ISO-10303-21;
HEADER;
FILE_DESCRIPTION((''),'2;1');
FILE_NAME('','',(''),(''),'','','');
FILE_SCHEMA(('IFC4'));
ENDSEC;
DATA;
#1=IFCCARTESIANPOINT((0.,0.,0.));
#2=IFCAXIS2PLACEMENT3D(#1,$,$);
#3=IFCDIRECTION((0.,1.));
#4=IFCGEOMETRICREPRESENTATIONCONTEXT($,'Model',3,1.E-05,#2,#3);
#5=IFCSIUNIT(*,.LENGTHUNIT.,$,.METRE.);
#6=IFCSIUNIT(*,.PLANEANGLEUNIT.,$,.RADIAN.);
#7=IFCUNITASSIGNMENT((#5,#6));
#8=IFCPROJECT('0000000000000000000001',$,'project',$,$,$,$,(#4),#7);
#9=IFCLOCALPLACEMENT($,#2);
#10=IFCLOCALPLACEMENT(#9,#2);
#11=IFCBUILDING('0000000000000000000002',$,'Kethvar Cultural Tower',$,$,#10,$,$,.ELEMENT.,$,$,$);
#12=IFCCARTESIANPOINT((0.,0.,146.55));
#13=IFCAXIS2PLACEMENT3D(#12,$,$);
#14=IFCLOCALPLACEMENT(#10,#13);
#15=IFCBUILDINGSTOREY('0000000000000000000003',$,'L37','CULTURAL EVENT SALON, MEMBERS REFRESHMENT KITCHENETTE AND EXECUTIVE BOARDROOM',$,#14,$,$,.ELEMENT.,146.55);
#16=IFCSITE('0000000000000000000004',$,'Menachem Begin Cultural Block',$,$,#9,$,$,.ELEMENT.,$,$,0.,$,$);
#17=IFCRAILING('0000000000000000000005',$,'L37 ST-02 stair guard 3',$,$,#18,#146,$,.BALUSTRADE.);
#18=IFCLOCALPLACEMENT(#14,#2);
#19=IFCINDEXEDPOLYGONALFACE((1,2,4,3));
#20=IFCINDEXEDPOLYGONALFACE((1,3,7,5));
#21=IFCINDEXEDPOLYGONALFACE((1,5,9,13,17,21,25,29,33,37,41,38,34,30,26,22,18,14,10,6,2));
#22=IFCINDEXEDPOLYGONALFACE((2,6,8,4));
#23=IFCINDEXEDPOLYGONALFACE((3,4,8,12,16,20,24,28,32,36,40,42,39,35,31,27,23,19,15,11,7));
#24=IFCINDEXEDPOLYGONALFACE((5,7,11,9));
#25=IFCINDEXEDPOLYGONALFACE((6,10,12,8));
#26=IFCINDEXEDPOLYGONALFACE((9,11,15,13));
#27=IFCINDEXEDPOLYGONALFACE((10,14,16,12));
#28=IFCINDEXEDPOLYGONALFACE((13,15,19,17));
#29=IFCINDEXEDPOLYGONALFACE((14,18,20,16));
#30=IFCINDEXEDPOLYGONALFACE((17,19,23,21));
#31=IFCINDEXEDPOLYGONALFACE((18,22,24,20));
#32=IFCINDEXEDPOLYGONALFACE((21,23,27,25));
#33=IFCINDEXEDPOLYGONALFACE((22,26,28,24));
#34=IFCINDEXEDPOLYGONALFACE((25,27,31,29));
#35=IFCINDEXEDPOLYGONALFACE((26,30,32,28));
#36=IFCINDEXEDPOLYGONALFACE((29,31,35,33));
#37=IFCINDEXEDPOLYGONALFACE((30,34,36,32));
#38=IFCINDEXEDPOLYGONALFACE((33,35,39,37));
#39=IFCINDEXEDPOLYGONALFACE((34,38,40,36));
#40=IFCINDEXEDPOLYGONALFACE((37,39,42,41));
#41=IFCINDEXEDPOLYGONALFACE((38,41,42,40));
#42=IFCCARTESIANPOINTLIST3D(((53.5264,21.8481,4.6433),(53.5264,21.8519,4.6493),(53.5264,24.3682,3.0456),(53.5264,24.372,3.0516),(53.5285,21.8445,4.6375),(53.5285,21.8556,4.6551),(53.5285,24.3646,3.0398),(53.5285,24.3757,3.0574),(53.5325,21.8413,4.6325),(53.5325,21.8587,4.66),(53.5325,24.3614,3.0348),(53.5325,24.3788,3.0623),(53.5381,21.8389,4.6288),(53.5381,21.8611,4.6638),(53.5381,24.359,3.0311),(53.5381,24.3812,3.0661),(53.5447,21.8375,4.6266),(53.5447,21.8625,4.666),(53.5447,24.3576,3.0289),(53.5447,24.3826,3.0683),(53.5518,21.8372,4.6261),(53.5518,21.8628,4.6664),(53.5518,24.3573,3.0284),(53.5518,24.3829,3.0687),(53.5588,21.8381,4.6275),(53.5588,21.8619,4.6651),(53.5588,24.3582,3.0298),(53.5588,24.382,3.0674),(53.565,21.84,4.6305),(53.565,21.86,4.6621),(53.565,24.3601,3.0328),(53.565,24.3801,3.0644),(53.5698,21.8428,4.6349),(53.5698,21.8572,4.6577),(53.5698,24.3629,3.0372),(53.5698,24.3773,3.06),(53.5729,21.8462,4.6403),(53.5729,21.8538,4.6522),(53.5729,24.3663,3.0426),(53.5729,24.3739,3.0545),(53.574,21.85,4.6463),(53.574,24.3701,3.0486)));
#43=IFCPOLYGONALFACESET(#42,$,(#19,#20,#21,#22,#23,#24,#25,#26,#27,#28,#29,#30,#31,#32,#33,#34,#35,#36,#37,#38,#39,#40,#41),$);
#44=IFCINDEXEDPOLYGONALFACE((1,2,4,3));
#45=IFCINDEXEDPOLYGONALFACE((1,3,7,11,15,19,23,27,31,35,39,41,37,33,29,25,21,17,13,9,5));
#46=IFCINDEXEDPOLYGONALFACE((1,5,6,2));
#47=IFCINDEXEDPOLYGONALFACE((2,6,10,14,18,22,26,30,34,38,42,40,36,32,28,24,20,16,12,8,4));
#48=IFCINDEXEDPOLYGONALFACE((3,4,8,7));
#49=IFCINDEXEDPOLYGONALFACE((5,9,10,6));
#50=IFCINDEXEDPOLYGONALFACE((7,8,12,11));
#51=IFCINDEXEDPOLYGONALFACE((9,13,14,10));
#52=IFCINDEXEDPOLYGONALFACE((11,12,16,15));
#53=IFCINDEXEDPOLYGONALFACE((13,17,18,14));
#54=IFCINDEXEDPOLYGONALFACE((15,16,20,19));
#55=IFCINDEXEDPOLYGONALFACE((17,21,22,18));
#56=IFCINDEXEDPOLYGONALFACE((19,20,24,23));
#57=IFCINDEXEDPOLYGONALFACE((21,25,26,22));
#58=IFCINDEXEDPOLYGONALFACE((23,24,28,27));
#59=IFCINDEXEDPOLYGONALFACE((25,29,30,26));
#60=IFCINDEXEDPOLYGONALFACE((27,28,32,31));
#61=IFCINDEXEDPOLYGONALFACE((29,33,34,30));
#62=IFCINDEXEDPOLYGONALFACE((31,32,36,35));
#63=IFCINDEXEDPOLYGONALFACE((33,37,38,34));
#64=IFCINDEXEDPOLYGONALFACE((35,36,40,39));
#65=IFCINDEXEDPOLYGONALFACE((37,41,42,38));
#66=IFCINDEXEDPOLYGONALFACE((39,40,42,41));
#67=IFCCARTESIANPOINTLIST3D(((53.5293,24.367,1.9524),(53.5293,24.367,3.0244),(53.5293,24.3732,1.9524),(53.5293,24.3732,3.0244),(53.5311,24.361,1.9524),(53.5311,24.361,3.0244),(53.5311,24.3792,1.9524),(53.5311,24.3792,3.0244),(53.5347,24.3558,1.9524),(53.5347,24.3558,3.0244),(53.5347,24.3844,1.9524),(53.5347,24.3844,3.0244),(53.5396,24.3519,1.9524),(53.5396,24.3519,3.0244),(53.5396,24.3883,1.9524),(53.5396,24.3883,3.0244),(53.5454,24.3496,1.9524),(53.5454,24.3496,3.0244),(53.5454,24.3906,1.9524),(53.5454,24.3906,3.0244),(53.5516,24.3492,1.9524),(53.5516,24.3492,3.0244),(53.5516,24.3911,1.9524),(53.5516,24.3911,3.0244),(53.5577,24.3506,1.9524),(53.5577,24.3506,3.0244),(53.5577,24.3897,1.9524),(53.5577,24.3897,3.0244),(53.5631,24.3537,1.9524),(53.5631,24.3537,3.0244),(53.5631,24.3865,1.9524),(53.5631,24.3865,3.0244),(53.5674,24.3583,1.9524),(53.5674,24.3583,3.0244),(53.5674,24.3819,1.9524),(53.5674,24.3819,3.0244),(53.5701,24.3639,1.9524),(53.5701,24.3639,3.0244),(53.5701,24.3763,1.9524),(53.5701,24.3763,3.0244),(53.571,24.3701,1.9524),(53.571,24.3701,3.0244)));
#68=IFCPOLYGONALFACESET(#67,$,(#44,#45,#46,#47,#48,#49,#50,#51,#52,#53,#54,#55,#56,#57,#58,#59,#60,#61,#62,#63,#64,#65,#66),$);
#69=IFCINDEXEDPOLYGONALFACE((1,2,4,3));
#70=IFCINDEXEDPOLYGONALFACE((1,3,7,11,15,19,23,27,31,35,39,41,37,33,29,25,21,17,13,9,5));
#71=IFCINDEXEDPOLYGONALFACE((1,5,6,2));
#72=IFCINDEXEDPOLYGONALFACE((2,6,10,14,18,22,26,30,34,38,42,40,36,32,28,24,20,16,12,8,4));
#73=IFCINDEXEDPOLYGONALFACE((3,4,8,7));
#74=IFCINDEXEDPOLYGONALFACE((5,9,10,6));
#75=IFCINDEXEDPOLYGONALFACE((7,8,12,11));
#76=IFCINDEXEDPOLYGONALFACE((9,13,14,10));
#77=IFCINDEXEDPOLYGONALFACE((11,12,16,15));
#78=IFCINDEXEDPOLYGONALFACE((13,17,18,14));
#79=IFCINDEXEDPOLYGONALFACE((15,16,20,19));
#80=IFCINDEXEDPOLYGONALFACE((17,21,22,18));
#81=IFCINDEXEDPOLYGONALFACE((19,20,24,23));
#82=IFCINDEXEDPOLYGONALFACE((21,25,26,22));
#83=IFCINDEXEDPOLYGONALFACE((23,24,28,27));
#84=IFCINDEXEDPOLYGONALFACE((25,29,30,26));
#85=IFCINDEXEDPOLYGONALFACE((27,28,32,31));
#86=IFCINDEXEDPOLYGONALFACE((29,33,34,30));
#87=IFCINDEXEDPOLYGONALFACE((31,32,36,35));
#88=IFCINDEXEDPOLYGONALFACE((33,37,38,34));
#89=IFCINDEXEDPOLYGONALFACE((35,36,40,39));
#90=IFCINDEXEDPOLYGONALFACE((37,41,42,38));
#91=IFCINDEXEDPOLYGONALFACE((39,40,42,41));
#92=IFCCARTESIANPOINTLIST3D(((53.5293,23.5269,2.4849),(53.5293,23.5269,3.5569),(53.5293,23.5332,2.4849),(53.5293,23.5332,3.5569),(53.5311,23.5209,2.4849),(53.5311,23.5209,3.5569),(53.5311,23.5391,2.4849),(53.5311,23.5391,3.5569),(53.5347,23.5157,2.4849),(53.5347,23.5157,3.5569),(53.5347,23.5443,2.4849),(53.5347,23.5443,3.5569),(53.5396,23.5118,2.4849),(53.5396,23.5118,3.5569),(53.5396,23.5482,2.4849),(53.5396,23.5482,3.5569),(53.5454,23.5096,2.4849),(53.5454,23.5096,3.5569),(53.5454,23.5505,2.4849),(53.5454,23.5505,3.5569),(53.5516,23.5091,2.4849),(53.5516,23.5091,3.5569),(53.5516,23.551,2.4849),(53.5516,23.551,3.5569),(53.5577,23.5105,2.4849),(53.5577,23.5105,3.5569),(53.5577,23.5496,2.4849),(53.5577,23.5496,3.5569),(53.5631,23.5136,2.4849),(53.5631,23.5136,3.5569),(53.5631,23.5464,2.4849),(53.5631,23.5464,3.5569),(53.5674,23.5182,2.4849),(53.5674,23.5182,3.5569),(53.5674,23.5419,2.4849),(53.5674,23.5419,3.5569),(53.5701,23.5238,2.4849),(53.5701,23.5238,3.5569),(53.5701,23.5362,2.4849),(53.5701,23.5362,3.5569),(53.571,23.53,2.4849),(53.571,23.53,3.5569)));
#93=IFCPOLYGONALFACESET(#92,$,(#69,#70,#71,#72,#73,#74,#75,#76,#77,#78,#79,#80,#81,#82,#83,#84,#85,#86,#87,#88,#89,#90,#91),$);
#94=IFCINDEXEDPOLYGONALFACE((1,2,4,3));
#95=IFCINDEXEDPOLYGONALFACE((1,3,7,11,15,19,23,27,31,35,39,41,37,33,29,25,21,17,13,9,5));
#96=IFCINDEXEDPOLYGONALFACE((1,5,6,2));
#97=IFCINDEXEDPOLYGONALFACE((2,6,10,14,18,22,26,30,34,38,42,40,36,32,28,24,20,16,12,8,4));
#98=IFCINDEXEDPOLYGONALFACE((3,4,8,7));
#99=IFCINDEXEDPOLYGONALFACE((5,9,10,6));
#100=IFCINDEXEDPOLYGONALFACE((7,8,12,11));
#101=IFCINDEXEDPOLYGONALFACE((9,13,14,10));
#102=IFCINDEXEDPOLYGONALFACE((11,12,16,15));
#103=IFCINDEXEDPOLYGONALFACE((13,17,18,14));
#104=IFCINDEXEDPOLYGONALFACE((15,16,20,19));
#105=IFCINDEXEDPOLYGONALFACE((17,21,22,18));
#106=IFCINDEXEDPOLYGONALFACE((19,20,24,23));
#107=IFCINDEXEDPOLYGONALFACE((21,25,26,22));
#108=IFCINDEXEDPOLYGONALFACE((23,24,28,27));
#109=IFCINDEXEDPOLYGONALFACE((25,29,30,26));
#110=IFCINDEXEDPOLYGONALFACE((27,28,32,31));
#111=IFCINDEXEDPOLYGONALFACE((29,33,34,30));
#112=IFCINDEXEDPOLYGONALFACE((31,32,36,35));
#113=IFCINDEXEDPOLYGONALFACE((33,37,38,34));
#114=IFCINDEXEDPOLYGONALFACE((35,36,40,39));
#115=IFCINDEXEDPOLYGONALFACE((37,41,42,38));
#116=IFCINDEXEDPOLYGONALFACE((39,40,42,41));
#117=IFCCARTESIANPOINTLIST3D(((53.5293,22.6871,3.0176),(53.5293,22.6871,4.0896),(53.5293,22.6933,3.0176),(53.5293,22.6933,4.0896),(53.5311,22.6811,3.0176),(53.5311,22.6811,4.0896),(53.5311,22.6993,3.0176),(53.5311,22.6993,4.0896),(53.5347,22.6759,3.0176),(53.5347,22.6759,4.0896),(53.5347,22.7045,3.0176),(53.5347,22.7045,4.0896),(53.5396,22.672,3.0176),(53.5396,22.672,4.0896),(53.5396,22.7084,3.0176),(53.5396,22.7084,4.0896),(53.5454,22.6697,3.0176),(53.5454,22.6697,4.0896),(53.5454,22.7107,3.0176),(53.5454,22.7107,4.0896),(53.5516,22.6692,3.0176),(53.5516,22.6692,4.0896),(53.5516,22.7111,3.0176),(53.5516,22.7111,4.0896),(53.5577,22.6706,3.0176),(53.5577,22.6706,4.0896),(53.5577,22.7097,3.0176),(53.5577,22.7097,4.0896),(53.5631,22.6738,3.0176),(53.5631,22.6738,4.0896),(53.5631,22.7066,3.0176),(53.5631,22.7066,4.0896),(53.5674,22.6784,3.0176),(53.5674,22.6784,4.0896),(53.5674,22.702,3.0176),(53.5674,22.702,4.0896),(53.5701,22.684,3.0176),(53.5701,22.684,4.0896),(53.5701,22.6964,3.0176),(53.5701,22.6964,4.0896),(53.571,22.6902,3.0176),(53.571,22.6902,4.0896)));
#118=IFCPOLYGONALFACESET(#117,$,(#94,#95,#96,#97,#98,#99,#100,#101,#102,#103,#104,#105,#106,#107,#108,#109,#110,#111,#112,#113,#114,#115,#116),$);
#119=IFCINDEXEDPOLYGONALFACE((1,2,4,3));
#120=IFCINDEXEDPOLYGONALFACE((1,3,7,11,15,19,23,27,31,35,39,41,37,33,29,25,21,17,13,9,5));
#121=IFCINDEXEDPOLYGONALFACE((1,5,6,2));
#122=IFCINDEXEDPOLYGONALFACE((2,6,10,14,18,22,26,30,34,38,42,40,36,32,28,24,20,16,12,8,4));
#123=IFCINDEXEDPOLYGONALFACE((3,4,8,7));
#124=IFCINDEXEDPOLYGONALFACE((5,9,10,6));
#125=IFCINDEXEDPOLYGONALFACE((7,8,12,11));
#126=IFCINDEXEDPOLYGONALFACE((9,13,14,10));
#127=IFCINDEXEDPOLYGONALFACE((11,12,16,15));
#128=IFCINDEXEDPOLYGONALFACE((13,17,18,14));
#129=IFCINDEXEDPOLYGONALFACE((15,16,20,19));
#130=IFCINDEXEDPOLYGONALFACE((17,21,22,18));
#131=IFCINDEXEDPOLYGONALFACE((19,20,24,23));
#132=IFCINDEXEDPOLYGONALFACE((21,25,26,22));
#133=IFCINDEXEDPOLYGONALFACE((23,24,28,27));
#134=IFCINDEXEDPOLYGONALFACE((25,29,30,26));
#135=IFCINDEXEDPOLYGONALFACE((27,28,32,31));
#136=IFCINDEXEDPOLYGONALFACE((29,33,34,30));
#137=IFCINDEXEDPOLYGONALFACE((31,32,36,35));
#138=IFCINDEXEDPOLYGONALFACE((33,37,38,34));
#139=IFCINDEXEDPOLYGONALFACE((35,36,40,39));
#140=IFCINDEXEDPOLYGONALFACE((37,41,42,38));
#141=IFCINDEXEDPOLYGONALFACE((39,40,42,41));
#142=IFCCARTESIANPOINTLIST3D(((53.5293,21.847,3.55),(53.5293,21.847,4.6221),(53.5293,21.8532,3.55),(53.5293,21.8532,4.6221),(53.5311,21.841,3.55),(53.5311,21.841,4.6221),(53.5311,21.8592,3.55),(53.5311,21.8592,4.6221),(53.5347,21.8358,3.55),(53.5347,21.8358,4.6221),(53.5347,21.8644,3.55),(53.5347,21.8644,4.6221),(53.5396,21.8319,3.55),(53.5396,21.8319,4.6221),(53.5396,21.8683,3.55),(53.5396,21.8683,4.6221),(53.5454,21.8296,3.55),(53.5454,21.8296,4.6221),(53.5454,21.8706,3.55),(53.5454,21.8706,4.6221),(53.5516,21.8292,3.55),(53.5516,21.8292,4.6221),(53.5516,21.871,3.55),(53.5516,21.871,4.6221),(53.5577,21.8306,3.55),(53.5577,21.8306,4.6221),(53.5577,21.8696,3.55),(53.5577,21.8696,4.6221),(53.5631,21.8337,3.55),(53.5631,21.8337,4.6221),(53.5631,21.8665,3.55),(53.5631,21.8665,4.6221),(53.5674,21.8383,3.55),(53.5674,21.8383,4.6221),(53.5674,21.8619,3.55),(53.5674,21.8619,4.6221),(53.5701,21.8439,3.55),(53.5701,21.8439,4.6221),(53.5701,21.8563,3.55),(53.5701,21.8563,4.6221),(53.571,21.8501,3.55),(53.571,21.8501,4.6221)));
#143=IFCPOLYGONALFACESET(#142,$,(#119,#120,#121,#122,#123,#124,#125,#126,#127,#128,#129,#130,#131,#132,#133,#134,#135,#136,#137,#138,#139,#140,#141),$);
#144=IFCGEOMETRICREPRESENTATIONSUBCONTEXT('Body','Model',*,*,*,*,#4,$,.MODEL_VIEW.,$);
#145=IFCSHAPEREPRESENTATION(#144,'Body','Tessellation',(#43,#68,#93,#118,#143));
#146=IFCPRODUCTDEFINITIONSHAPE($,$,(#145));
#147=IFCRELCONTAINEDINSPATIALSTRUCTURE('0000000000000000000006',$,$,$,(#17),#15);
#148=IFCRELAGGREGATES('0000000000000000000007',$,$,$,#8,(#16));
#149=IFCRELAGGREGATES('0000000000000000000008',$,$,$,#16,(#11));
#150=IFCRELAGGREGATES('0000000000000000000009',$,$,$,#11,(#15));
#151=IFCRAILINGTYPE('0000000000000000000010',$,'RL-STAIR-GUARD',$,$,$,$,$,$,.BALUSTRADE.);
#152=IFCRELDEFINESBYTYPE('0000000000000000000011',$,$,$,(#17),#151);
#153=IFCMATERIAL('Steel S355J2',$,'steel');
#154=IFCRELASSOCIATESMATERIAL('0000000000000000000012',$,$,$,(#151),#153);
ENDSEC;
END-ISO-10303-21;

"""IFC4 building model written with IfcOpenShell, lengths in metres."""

from ifc_helpers import new_model, si_unit, direction, frame, origin, origin_2d, place, context, subcontext, project, spatial, circle, extrude, material, type_object, element, save


model = new_model("IFC4")

# Units and contexts
model_context = context("Model", 3, precision=1e-05, world=origin(), true_north=direction((0.0, 1.0)))
body_context = subcontext(model_context, "Body", "Model", "MODEL_VIEW")
ifc_project = project(units=[si_unit("LENGTHUNIT", "METRE"), si_unit("PLANEANGLEUNIT", "RADIAN")], contexts=[model_context])

# Site, building, storey
site_placement = place(None, origin())
site = spatial("IfcSite", under=ifc_project, at=site_placement, Name="Menachem Begin Cultural Block", CompositionType="ELEMENT", RefElevation=0.0)
building_placement = place(site_placement, origin())
building = spatial("IfcBuilding", under=site, at=building_placement, Name="Kethvar Cultural Tower", CompositionType="ELEMENT")
storey_placement = place(building_placement, frame((0.0, 0.0, 146.55)))
storey = spatial("IfcBuildingStorey", under=building, at=storey_placement, Name="L37", Description="CULTURAL EVENT SALON, MEMBERS REFRESHMENT KITCHENETTE AND EXECUTIVE BOARDROOM", CompositionType="ELEMENT", Elevation=146.55)

# Shared definitions
ifc_material_1 = material(Name="Steel S355J2", Category="steel")

# Railing
railing_type_1 = type_object("IfcRailingType", Name="RL-STAIR-GUARD", PredefinedType="BALUSTRADE", material=ifc_material_1)
railing_1_placement = place(storey_placement, frame((53.55, 24.3701, 1.9524)))
element("IfcRailing", 1, at=railing_1_placement, inside=storey, type_object=railing_type_1, Name="L37 ST-02 stair guard 3", PredefinedType="BALUSTRADE", context=body_context, shape_type="SweptSolid", body=[
    extrude(circle(Radius=0.0239, at=origin_2d()), frame((0.0, 0.0, 1.0962), z_axis=(0.0, -0.84457, 0.535445), x_axis=(1.0, 0.0, 0.0)), (0.0, 0.0, 1.0), 2.9839),
    extrude(circle(Radius=0.021, at=origin_2d()), origin(), (0.0, 0.0, 1.0), 1.072),
    extrude(circle(Radius=0.021, at=origin_2d()), frame((0.0, -0.8401, 0.5325)), (0.0, 0.0, 1.0), 1.072),
    extrude(circle(Radius=0.021, at=origin_2d()), frame((0.0, -1.6799, 1.0652)), (0.0, 0.0, 1.0), 1.072),
    extrude(circle(Radius=0.021, at=origin_2d()), frame((0.0, -2.52, 1.5977)), (0.0, 0.0, 1.0), 1.072),
])

save(model, "model.ifc")
